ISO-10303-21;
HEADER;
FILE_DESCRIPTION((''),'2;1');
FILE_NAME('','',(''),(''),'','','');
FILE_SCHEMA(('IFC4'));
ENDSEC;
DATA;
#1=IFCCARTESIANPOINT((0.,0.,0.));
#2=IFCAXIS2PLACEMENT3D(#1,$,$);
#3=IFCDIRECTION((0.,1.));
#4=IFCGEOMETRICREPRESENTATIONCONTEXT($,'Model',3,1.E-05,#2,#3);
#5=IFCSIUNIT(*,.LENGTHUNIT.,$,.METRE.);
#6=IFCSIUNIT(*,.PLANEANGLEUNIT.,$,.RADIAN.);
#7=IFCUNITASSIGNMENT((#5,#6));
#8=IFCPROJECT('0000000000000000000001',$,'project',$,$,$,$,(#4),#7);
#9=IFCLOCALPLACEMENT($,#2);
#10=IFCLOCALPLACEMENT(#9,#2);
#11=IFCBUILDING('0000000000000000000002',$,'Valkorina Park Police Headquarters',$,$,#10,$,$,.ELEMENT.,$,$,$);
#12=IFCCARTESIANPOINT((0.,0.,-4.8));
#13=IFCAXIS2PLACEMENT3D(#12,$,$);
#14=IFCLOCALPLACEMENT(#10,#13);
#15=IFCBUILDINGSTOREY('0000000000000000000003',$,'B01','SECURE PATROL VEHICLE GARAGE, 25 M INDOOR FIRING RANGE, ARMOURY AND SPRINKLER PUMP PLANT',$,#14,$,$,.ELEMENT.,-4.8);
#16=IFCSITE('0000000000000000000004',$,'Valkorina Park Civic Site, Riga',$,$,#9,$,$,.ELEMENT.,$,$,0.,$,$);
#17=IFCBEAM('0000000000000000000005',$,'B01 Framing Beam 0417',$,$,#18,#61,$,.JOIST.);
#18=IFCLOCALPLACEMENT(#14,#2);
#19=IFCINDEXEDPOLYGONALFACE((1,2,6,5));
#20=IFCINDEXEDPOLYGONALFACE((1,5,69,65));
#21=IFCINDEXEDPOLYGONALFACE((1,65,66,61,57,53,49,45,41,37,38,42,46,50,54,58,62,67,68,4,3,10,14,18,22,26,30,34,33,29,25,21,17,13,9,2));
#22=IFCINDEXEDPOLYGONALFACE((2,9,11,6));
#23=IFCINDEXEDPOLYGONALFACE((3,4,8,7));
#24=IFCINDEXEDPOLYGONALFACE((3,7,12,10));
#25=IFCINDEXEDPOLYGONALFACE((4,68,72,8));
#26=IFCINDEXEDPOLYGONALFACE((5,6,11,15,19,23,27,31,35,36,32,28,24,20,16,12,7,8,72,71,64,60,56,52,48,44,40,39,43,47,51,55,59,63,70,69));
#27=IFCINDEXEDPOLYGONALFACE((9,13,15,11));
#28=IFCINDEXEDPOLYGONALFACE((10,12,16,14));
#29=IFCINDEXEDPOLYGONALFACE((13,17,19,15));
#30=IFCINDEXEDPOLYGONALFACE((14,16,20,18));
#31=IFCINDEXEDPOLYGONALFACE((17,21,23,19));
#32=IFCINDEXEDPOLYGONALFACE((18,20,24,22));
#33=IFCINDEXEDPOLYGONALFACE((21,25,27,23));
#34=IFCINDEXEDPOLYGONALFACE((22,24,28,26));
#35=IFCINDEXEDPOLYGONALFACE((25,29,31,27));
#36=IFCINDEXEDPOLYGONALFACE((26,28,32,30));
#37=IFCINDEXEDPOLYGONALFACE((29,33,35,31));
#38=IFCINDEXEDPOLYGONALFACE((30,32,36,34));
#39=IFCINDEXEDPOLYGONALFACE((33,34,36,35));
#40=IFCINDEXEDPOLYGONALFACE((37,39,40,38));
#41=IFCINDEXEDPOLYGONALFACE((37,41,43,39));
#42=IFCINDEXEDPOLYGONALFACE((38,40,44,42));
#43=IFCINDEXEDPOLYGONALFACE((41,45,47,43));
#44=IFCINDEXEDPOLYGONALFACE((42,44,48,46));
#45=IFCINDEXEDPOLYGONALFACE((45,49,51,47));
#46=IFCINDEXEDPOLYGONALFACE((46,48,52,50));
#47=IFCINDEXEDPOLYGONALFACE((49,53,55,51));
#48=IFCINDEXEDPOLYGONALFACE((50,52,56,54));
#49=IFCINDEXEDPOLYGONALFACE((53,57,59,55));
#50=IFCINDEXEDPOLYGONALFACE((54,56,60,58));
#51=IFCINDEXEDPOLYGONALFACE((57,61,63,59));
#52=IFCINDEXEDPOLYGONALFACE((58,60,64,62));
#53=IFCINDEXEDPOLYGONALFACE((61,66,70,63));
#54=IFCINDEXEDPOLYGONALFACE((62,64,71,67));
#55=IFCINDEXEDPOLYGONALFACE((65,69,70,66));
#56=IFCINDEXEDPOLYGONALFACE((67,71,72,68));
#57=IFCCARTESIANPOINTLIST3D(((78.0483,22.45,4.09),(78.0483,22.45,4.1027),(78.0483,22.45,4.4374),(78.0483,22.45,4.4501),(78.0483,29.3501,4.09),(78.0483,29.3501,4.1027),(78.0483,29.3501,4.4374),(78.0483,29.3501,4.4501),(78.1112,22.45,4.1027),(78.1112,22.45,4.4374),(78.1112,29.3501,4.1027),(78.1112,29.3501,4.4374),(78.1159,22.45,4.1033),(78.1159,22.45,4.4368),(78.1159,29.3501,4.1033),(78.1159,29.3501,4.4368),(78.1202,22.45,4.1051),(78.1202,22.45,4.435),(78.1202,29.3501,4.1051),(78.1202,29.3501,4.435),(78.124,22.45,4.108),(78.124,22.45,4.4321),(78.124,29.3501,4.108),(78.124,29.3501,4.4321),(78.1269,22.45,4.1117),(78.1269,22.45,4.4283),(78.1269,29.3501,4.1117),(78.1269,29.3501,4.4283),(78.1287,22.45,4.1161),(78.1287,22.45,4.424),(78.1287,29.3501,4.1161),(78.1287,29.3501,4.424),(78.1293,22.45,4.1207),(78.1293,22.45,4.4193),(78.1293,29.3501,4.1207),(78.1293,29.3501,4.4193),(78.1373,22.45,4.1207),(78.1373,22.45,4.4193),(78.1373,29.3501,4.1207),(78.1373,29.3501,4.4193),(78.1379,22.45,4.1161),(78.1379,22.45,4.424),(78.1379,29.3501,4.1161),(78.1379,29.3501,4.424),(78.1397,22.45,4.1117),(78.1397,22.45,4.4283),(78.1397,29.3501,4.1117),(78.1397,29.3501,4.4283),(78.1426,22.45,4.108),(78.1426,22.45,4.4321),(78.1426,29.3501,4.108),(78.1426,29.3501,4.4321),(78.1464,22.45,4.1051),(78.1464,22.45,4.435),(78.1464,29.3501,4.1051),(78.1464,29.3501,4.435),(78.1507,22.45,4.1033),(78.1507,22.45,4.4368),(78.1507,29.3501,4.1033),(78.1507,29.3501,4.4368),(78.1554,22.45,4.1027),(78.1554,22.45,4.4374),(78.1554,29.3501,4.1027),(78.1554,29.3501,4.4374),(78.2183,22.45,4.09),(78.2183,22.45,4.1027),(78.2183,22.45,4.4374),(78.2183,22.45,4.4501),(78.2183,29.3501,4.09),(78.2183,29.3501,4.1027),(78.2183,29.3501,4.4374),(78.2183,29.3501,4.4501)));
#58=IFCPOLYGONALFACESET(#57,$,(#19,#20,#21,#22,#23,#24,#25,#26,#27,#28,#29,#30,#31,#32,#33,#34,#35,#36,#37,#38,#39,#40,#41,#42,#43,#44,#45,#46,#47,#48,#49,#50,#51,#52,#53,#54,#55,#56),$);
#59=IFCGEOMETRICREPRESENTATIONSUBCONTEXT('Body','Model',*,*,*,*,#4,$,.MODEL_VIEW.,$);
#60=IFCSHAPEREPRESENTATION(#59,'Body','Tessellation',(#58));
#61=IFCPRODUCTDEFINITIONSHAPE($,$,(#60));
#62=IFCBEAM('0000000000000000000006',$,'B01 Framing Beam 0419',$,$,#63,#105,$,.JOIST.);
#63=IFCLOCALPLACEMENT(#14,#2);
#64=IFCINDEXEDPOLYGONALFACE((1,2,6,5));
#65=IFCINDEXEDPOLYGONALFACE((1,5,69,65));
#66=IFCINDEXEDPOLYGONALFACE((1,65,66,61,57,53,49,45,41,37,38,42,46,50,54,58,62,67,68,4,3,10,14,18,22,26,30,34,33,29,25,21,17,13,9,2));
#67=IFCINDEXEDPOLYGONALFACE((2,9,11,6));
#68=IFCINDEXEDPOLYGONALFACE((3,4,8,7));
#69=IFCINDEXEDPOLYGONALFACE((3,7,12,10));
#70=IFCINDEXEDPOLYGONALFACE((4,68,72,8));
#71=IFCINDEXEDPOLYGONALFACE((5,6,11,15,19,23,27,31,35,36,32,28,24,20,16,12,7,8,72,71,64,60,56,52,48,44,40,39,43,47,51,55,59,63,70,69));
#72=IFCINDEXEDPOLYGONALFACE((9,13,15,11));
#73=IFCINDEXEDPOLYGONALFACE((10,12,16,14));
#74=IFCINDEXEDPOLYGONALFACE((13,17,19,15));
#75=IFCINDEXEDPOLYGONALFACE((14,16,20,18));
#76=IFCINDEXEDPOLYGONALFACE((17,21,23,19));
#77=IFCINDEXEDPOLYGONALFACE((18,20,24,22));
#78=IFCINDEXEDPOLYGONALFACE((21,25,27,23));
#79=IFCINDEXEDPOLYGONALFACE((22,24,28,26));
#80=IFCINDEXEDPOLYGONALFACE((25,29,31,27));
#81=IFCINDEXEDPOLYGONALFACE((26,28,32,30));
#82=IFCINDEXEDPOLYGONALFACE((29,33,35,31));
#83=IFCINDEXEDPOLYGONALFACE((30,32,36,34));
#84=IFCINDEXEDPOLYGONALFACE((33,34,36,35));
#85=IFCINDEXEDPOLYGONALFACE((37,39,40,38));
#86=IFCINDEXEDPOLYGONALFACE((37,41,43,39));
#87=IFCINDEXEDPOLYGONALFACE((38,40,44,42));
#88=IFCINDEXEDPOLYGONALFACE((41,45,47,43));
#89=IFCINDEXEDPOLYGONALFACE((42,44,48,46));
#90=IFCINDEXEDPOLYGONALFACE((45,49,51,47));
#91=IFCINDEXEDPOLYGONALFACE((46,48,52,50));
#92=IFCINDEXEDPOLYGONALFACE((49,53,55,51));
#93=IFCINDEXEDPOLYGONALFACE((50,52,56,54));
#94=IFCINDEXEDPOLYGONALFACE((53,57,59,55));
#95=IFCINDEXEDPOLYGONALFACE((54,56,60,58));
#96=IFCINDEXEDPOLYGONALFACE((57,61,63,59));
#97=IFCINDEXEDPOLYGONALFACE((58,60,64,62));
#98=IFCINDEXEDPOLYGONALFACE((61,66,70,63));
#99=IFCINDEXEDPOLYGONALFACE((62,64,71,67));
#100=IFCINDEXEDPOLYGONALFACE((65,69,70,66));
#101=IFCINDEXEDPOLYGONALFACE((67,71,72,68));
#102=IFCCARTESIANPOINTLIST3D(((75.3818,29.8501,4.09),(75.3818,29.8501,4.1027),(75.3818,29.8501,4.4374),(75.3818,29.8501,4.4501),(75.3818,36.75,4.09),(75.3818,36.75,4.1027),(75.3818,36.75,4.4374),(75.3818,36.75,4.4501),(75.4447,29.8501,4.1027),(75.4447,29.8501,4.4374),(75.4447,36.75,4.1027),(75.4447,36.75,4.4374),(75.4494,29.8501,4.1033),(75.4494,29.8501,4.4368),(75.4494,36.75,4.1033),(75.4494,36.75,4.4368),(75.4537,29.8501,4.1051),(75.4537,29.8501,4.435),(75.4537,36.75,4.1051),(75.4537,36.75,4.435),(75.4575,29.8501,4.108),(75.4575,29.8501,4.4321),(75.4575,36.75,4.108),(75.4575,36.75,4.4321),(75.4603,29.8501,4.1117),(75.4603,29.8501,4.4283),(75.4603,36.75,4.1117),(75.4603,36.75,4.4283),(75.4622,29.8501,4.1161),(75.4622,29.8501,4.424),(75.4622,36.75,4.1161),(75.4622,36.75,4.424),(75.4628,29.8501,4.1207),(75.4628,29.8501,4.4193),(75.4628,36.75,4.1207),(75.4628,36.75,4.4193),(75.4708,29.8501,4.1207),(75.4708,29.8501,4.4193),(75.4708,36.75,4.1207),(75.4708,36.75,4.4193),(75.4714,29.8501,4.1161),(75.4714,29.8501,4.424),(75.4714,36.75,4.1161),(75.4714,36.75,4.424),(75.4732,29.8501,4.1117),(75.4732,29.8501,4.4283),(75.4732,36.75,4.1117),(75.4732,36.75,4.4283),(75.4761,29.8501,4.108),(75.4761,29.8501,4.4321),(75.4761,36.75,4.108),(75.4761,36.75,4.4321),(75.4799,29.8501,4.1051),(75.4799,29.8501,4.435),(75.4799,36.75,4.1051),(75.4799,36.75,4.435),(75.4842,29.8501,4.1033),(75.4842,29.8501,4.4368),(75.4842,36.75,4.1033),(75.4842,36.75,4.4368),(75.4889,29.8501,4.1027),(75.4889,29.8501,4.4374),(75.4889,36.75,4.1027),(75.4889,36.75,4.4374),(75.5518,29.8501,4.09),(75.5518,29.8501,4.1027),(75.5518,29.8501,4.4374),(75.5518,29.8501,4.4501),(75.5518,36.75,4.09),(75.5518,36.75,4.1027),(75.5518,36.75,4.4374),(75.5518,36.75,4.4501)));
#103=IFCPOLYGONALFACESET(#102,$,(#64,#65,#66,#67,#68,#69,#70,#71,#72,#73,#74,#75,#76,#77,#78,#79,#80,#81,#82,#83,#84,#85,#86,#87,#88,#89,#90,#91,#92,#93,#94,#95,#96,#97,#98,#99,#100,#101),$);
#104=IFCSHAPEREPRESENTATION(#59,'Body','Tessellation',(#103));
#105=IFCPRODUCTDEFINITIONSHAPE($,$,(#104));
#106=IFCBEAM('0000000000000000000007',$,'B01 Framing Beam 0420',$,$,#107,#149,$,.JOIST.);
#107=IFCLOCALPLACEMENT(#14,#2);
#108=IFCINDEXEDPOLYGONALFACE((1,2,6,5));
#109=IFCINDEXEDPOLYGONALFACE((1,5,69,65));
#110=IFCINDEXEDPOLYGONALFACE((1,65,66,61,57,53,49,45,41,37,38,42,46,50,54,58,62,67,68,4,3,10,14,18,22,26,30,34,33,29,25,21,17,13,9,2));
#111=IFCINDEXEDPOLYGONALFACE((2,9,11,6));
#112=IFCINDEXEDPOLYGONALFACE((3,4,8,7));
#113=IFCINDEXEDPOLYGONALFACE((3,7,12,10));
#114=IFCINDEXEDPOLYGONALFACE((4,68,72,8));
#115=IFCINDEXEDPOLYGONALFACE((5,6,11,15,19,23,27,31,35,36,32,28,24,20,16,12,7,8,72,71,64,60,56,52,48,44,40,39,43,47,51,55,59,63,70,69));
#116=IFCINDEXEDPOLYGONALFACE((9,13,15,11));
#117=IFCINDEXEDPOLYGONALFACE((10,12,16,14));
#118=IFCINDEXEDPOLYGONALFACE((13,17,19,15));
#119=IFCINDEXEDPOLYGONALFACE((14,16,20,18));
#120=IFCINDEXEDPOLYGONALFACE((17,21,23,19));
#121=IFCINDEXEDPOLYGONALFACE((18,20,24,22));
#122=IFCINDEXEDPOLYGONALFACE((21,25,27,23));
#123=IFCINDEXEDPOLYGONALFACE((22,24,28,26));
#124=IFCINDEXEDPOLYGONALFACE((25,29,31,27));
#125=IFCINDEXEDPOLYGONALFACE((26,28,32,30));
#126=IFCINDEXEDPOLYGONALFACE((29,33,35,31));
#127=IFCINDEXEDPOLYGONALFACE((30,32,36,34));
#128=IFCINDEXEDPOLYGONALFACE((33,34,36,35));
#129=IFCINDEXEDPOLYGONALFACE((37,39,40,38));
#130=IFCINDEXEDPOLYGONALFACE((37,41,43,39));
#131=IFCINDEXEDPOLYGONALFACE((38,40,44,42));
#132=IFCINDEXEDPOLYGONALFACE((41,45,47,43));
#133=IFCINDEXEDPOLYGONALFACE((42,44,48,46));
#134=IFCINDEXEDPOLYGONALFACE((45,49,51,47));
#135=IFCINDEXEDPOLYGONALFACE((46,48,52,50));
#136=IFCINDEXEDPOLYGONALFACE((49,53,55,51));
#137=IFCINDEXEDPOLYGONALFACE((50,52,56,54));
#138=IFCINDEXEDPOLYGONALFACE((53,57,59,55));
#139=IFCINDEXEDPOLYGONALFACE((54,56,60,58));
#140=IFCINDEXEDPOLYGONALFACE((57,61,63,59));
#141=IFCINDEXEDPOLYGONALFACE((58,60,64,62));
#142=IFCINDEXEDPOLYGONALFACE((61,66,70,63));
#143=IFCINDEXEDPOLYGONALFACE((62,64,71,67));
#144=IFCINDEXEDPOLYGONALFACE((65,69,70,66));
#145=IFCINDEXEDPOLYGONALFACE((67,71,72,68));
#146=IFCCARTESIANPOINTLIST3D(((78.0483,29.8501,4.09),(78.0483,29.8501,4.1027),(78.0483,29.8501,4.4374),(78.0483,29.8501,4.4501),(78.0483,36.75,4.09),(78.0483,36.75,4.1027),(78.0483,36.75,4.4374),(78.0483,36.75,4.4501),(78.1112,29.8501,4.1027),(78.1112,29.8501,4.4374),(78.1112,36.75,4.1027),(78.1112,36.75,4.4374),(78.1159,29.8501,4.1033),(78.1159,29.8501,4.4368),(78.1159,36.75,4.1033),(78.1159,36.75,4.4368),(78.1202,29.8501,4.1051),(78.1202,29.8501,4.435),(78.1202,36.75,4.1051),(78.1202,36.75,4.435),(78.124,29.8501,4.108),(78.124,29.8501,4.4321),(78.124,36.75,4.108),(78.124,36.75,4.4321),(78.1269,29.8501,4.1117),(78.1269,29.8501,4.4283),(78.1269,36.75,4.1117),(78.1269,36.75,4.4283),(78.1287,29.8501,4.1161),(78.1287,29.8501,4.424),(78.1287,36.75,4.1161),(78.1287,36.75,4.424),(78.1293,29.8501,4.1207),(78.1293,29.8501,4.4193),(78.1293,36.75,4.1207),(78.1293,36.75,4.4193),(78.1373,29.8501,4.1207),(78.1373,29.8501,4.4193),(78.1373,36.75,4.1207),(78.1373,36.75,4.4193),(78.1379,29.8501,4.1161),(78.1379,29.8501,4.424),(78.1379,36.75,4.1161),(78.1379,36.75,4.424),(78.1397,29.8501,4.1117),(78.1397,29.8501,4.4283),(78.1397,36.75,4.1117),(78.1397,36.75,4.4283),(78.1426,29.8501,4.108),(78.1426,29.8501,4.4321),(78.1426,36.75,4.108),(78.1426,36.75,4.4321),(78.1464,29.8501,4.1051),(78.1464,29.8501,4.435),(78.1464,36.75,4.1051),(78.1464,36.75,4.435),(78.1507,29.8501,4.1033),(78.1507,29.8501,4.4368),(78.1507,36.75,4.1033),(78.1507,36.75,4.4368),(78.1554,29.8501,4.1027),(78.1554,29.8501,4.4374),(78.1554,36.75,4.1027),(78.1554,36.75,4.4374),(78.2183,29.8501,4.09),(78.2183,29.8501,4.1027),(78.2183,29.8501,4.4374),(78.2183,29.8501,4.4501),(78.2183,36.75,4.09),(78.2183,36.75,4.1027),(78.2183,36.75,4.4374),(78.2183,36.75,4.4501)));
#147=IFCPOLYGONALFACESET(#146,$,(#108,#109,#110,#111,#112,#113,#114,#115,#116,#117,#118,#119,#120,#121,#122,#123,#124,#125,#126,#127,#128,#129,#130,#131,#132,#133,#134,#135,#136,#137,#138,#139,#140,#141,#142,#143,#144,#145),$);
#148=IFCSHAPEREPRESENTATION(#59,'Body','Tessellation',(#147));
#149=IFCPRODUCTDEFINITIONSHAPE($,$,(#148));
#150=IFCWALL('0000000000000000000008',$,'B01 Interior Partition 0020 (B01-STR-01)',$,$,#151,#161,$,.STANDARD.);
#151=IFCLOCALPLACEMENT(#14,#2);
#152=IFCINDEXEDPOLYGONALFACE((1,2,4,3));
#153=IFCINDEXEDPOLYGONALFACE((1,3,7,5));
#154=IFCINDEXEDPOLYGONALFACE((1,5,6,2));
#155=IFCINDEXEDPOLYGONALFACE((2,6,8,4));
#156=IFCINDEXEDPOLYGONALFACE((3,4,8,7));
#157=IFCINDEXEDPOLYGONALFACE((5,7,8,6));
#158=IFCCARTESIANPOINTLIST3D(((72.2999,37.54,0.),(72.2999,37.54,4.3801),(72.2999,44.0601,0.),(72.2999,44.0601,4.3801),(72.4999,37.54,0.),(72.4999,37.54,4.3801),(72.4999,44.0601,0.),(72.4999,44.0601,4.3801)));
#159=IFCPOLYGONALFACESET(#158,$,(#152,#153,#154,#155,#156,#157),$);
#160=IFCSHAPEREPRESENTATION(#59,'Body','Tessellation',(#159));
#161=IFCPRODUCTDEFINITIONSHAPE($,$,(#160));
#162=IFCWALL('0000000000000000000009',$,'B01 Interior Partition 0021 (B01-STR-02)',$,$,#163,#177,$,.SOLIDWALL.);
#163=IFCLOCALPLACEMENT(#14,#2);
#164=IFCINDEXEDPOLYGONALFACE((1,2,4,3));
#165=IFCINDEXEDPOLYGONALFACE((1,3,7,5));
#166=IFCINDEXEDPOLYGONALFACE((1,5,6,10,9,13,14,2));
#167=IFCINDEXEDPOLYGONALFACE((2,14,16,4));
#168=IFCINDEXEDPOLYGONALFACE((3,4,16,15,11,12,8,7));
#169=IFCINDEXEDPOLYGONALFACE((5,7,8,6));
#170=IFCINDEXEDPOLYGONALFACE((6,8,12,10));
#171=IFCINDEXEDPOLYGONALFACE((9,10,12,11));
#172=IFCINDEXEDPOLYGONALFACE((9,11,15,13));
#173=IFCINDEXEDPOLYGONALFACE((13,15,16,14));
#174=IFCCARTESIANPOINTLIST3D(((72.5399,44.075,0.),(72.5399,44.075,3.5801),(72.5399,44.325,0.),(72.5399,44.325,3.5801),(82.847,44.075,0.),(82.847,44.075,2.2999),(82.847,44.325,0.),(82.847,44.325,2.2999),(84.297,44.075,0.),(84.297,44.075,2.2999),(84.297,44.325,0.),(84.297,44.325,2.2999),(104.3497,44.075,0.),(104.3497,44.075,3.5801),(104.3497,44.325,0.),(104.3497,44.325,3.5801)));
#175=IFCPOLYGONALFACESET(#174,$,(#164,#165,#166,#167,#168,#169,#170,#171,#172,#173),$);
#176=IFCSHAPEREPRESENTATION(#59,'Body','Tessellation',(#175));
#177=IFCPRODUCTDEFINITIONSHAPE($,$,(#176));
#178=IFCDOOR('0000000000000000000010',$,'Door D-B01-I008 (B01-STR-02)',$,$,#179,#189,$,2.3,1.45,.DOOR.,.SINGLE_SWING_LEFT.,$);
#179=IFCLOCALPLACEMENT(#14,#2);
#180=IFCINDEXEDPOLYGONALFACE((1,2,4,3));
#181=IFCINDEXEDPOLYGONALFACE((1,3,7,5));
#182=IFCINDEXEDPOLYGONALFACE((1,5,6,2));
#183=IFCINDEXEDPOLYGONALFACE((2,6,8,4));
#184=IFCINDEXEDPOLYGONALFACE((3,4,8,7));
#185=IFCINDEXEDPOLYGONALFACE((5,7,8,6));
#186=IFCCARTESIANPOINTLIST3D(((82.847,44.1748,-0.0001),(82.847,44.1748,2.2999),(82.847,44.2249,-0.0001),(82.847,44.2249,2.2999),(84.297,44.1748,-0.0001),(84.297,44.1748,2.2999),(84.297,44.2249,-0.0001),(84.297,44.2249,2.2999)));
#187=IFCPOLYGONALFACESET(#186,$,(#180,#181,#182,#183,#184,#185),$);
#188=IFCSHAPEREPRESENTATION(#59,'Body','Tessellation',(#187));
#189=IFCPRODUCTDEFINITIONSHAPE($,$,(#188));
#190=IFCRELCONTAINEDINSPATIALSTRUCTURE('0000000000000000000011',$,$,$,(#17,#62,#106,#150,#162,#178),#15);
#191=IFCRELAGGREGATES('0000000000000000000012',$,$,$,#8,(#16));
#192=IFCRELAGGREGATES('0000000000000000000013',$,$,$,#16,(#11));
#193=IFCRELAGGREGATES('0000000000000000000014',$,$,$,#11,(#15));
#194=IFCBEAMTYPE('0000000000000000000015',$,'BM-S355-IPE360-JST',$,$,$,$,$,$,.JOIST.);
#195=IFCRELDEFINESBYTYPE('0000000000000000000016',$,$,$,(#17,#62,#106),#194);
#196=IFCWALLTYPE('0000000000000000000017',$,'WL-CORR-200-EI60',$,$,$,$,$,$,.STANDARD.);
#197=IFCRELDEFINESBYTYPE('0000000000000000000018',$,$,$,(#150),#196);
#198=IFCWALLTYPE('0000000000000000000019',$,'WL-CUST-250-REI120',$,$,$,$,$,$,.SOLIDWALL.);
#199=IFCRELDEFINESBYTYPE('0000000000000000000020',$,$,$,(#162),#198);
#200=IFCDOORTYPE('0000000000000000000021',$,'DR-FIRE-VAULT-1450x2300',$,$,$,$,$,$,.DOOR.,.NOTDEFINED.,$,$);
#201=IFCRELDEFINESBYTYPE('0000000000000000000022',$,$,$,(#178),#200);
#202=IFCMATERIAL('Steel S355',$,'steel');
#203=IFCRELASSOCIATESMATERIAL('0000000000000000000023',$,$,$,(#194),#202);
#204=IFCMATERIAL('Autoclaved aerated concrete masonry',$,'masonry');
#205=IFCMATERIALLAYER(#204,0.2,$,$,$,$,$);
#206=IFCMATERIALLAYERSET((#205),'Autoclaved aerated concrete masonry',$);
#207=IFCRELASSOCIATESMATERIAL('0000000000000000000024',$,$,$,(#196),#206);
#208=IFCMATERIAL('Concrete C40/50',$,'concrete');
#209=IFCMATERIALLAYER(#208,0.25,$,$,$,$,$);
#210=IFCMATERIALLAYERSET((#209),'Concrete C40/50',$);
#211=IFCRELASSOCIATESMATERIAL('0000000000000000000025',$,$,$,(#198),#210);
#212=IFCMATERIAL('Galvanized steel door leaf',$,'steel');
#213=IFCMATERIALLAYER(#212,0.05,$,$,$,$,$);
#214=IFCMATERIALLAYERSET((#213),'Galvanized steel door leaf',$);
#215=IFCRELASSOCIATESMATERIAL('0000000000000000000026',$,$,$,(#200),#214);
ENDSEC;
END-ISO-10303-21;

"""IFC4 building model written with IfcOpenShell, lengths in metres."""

from ifc_helpers import new_model, si_unit, direction, frame, frame_2d, origin, origin_2d, place, context, subcontext, project, spatial, rectangle, i_section, extrude, material, layer, layer_set, material_profile, profile_set, type_object, element, fill, save


model = new_model("IFC4")

# Units and contexts
model_context = context("Model", 3, precision=1e-05, world=origin(), true_north=direction((0.0, 1.0)))
body_context = subcontext(model_context, "Body", "Model", "MODEL_VIEW")
ifc_project = project(units=[si_unit("LENGTHUNIT", "METRE"), si_unit("PLANEANGLEUNIT", "RADIAN")], contexts=[model_context])

# Site, building, storey
site_placement = place(None, origin())
site = spatial("IfcSite", under=ifc_project, at=site_placement, Name="Valkorina Park Civic Site, Riga", CompositionType="ELEMENT", RefElevation=0.0)
building_placement = place(site_placement, origin())
building = spatial("IfcBuilding", under=site, at=building_placement, Name="Valkorina Park Police Headquarters", CompositionType="ELEMENT")
storey_placement = place(building_placement, frame((0.0, 0.0, -4.8)))
storey = spatial("IfcBuildingStorey", under=building, at=storey_placement, Name="B01", Description="SECURE PATROL VEHICLE GARAGE, 25 M INDOOR FIRING RANGE, ARMOURY AND SPRINKLER PUMP PLANT", CompositionType="ELEMENT", Elevation=-4.8)

# Shared definitions
ifc_material_1 = material(Name="Concrete C40/50", Category="concrete")

# Beams
ifc_material_2 = material(Name="Steel S355", Category="steel")
ifc_material_profile_1 = material_profile(ifc_material_2, i_section(OverallWidth=0.1699, OverallDepth=0.3601, WebThickness=0.0081, FlangeThickness=0.0127, FilletRadius=0.0181, at=origin_2d()), Name="IPE 360")
ifc_profile_set_1 = profile_set([ifc_material_profile_1], Name="Steel S355")
beam_type_1 = type_object("IfcBeamType", Name="BM-S355-IPE360-JST", PredefinedType="JOIST", material=ifc_profile_set_1)
for number, where, z_axis, x_axis, name in (
    (1, (78.1333, 22.45, 4.27), (0.0, 1.0, 0.0), (-1.0, 0.0, 0.0), "B01 Framing Beam 0417"),
):
    element("IfcBeam", number, at=place(storey_placement, frame(where, z_axis=z_axis, x_axis=x_axis)), inside=storey, type_object=beam_type_1, Name=name, PredefinedType="JOIST", context=body_context, shape_type="SweptSolid", body=[
        extrude(i_section(OverallWidth=0.1699, OverallDepth=0.3601, WebThickness=0.0081, FlangeThickness=0.0127, FilletRadius=0.0181, at=origin_2d()), origin(), (0.0, 0.0, 1.0), 6.9001),
    ])
for number, where, z_axis, x_axis, name in (
    (2, (75.4668, 29.8501, 4.27), (0.0, 1.0, 0.0), (-1.0, 0.0, 0.0), "B01 Framing Beam 0419"),
    (3, (78.1333, 29.8501, 4.27), (0.0, 1.0, 0.0), (-1.0, 0.0, 0.0), "B01 Framing Beam 0420"),
):
    element("IfcBeam", number, at=place(storey_placement, frame(where, z_axis=z_axis, x_axis=x_axis)), inside=storey, type_object=beam_type_1, Name=name, PredefinedType="JOIST", context=body_context, shape_type="SweptSolid", body=[
        extrude(i_section(OverallWidth=0.1699, OverallDepth=0.3601, WebThickness=0.0081, FlangeThickness=0.0127, FilletRadius=0.0181, at=origin_2d()), origin(), (0.0, 0.0, 1.0), 6.8999),
    ])

# Wall
ifc_material_3 = material(Name="Autoclaved aerated concrete masonry", Category="masonry")
ifc_layer_1 = layer(ifc_material_3, 0.2)
ifc_layer_set_1 = layer_set([ifc_layer_1], Name="Autoclaved aerated concrete masonry")
wall_type_1 = type_object("IfcWallType", Name="WL-CORR-200-EI60", PredefinedType="STANDARD", material=ifc_layer_set_1)
wall_1_placement = place(storey_placement, frame((72.3999, 37.54, 0.0), z_axis=(0.0, 0.0, 1.0), x_axis=(0.0, 1.0, 0.0)))
element("IfcWall", 4, at=wall_1_placement, inside=storey, type_object=wall_type_1, Name="B01 Interior Partition 0020 (B01-STR-01)", PredefinedType="STANDARD", context=body_context, shape_type="SweptSolid", body=[
    extrude(rectangle(XDim=6.52, YDim=0.2, at=frame_2d((3.26, 0.0))), origin(), (0.0, 0.0, 1.0), 4.3801),
])

# Wall, opening, door
ifc_layer_2 = layer(ifc_material_1, 0.25)
ifc_layer_set_2 = layer_set([ifc_layer_2], Name="Concrete C40/50")
wall_type_2 = type_object("IfcWallType", Name="WL-CUST-250-REI120", PredefinedType="SOLIDWALL", material=ifc_layer_set_2)
wall_2_placement = place(storey_placement, frame((72.54, 44.2, 0.0), z_axis=(0.0, 0.0, 1.0), x_axis=(1.0, 0.0, 0.0)))
wall_2 = element("IfcWall", 5, at=wall_2_placement, inside=storey, type_object=wall_type_2, Name="B01 Interior Partition 0021 (B01-STR-02)", PredefinedType="SOLIDWALL", context=body_context, shape_type="SweptSolid", body=[
    extrude(rectangle(XDim=31.8098, YDim=0.25, at=frame_2d((15.9048, 0.0))), origin(), (0.0, 0.0, 1.0), 3.5801),
])
opening_placement = place(wall_2_placement, frame((10.3069, 0.0, 0.0)))
opening = element("IfcOpeningElement", 6, at=opening_placement, cuts=wall_2, PredefinedType="OPENING", context=body_context, shape_type="SweptSolid", body=[
    extrude(rectangle(XDim=1.45, YDim=2.3, at=frame_2d((0.7251, 1.1499))), frame((0.0, 0.135, 0.0), z_axis=(0.0, -1.0, 0.0), x_axis=(1.0, 0.0, 0.0)), (0.0, 0.0, 1.0), 0.27),
])
ifc_material_4 = material(Name="Galvanized steel door leaf", Category="steel")
ifc_layer_3 = layer(ifc_material_4, 0.05)
ifc_layer_set_3 = layer_set([ifc_layer_3], Name="Galvanized steel door leaf")
door_type = type_object("IfcDoorType", Name="DR-FIRE-VAULT-1450x2300", OperationType="NOTDEFINED", PredefinedType="DOOR", material=ifc_layer_set_3)
door_placement = place(opening_placement, origin())
door = element("IfcDoor", 7, at=door_placement, inside=storey, type_object=door_type, Name="Door D-B01-I008 (B01-STR-02)", OperationType="SINGLE_SWING_LEFT", OverallHeight=2.3, OverallWidth=1.45, PredefinedType="DOOR", context=body_context, shape_type="SweptSolid", body=[
    extrude(rectangle(XDim=1.45, YDim=2.3, at=frame_2d((0.7251, 1.1499))), frame((0.0, 0.0249, 0.0), z_axis=(0.0, -1.0, 0.0), x_axis=(1.0, 0.0, 0.0)), (0.0, 0.0, 1.0), 0.05),
])
fill(opening, door)

save(model, "model.ifc")
